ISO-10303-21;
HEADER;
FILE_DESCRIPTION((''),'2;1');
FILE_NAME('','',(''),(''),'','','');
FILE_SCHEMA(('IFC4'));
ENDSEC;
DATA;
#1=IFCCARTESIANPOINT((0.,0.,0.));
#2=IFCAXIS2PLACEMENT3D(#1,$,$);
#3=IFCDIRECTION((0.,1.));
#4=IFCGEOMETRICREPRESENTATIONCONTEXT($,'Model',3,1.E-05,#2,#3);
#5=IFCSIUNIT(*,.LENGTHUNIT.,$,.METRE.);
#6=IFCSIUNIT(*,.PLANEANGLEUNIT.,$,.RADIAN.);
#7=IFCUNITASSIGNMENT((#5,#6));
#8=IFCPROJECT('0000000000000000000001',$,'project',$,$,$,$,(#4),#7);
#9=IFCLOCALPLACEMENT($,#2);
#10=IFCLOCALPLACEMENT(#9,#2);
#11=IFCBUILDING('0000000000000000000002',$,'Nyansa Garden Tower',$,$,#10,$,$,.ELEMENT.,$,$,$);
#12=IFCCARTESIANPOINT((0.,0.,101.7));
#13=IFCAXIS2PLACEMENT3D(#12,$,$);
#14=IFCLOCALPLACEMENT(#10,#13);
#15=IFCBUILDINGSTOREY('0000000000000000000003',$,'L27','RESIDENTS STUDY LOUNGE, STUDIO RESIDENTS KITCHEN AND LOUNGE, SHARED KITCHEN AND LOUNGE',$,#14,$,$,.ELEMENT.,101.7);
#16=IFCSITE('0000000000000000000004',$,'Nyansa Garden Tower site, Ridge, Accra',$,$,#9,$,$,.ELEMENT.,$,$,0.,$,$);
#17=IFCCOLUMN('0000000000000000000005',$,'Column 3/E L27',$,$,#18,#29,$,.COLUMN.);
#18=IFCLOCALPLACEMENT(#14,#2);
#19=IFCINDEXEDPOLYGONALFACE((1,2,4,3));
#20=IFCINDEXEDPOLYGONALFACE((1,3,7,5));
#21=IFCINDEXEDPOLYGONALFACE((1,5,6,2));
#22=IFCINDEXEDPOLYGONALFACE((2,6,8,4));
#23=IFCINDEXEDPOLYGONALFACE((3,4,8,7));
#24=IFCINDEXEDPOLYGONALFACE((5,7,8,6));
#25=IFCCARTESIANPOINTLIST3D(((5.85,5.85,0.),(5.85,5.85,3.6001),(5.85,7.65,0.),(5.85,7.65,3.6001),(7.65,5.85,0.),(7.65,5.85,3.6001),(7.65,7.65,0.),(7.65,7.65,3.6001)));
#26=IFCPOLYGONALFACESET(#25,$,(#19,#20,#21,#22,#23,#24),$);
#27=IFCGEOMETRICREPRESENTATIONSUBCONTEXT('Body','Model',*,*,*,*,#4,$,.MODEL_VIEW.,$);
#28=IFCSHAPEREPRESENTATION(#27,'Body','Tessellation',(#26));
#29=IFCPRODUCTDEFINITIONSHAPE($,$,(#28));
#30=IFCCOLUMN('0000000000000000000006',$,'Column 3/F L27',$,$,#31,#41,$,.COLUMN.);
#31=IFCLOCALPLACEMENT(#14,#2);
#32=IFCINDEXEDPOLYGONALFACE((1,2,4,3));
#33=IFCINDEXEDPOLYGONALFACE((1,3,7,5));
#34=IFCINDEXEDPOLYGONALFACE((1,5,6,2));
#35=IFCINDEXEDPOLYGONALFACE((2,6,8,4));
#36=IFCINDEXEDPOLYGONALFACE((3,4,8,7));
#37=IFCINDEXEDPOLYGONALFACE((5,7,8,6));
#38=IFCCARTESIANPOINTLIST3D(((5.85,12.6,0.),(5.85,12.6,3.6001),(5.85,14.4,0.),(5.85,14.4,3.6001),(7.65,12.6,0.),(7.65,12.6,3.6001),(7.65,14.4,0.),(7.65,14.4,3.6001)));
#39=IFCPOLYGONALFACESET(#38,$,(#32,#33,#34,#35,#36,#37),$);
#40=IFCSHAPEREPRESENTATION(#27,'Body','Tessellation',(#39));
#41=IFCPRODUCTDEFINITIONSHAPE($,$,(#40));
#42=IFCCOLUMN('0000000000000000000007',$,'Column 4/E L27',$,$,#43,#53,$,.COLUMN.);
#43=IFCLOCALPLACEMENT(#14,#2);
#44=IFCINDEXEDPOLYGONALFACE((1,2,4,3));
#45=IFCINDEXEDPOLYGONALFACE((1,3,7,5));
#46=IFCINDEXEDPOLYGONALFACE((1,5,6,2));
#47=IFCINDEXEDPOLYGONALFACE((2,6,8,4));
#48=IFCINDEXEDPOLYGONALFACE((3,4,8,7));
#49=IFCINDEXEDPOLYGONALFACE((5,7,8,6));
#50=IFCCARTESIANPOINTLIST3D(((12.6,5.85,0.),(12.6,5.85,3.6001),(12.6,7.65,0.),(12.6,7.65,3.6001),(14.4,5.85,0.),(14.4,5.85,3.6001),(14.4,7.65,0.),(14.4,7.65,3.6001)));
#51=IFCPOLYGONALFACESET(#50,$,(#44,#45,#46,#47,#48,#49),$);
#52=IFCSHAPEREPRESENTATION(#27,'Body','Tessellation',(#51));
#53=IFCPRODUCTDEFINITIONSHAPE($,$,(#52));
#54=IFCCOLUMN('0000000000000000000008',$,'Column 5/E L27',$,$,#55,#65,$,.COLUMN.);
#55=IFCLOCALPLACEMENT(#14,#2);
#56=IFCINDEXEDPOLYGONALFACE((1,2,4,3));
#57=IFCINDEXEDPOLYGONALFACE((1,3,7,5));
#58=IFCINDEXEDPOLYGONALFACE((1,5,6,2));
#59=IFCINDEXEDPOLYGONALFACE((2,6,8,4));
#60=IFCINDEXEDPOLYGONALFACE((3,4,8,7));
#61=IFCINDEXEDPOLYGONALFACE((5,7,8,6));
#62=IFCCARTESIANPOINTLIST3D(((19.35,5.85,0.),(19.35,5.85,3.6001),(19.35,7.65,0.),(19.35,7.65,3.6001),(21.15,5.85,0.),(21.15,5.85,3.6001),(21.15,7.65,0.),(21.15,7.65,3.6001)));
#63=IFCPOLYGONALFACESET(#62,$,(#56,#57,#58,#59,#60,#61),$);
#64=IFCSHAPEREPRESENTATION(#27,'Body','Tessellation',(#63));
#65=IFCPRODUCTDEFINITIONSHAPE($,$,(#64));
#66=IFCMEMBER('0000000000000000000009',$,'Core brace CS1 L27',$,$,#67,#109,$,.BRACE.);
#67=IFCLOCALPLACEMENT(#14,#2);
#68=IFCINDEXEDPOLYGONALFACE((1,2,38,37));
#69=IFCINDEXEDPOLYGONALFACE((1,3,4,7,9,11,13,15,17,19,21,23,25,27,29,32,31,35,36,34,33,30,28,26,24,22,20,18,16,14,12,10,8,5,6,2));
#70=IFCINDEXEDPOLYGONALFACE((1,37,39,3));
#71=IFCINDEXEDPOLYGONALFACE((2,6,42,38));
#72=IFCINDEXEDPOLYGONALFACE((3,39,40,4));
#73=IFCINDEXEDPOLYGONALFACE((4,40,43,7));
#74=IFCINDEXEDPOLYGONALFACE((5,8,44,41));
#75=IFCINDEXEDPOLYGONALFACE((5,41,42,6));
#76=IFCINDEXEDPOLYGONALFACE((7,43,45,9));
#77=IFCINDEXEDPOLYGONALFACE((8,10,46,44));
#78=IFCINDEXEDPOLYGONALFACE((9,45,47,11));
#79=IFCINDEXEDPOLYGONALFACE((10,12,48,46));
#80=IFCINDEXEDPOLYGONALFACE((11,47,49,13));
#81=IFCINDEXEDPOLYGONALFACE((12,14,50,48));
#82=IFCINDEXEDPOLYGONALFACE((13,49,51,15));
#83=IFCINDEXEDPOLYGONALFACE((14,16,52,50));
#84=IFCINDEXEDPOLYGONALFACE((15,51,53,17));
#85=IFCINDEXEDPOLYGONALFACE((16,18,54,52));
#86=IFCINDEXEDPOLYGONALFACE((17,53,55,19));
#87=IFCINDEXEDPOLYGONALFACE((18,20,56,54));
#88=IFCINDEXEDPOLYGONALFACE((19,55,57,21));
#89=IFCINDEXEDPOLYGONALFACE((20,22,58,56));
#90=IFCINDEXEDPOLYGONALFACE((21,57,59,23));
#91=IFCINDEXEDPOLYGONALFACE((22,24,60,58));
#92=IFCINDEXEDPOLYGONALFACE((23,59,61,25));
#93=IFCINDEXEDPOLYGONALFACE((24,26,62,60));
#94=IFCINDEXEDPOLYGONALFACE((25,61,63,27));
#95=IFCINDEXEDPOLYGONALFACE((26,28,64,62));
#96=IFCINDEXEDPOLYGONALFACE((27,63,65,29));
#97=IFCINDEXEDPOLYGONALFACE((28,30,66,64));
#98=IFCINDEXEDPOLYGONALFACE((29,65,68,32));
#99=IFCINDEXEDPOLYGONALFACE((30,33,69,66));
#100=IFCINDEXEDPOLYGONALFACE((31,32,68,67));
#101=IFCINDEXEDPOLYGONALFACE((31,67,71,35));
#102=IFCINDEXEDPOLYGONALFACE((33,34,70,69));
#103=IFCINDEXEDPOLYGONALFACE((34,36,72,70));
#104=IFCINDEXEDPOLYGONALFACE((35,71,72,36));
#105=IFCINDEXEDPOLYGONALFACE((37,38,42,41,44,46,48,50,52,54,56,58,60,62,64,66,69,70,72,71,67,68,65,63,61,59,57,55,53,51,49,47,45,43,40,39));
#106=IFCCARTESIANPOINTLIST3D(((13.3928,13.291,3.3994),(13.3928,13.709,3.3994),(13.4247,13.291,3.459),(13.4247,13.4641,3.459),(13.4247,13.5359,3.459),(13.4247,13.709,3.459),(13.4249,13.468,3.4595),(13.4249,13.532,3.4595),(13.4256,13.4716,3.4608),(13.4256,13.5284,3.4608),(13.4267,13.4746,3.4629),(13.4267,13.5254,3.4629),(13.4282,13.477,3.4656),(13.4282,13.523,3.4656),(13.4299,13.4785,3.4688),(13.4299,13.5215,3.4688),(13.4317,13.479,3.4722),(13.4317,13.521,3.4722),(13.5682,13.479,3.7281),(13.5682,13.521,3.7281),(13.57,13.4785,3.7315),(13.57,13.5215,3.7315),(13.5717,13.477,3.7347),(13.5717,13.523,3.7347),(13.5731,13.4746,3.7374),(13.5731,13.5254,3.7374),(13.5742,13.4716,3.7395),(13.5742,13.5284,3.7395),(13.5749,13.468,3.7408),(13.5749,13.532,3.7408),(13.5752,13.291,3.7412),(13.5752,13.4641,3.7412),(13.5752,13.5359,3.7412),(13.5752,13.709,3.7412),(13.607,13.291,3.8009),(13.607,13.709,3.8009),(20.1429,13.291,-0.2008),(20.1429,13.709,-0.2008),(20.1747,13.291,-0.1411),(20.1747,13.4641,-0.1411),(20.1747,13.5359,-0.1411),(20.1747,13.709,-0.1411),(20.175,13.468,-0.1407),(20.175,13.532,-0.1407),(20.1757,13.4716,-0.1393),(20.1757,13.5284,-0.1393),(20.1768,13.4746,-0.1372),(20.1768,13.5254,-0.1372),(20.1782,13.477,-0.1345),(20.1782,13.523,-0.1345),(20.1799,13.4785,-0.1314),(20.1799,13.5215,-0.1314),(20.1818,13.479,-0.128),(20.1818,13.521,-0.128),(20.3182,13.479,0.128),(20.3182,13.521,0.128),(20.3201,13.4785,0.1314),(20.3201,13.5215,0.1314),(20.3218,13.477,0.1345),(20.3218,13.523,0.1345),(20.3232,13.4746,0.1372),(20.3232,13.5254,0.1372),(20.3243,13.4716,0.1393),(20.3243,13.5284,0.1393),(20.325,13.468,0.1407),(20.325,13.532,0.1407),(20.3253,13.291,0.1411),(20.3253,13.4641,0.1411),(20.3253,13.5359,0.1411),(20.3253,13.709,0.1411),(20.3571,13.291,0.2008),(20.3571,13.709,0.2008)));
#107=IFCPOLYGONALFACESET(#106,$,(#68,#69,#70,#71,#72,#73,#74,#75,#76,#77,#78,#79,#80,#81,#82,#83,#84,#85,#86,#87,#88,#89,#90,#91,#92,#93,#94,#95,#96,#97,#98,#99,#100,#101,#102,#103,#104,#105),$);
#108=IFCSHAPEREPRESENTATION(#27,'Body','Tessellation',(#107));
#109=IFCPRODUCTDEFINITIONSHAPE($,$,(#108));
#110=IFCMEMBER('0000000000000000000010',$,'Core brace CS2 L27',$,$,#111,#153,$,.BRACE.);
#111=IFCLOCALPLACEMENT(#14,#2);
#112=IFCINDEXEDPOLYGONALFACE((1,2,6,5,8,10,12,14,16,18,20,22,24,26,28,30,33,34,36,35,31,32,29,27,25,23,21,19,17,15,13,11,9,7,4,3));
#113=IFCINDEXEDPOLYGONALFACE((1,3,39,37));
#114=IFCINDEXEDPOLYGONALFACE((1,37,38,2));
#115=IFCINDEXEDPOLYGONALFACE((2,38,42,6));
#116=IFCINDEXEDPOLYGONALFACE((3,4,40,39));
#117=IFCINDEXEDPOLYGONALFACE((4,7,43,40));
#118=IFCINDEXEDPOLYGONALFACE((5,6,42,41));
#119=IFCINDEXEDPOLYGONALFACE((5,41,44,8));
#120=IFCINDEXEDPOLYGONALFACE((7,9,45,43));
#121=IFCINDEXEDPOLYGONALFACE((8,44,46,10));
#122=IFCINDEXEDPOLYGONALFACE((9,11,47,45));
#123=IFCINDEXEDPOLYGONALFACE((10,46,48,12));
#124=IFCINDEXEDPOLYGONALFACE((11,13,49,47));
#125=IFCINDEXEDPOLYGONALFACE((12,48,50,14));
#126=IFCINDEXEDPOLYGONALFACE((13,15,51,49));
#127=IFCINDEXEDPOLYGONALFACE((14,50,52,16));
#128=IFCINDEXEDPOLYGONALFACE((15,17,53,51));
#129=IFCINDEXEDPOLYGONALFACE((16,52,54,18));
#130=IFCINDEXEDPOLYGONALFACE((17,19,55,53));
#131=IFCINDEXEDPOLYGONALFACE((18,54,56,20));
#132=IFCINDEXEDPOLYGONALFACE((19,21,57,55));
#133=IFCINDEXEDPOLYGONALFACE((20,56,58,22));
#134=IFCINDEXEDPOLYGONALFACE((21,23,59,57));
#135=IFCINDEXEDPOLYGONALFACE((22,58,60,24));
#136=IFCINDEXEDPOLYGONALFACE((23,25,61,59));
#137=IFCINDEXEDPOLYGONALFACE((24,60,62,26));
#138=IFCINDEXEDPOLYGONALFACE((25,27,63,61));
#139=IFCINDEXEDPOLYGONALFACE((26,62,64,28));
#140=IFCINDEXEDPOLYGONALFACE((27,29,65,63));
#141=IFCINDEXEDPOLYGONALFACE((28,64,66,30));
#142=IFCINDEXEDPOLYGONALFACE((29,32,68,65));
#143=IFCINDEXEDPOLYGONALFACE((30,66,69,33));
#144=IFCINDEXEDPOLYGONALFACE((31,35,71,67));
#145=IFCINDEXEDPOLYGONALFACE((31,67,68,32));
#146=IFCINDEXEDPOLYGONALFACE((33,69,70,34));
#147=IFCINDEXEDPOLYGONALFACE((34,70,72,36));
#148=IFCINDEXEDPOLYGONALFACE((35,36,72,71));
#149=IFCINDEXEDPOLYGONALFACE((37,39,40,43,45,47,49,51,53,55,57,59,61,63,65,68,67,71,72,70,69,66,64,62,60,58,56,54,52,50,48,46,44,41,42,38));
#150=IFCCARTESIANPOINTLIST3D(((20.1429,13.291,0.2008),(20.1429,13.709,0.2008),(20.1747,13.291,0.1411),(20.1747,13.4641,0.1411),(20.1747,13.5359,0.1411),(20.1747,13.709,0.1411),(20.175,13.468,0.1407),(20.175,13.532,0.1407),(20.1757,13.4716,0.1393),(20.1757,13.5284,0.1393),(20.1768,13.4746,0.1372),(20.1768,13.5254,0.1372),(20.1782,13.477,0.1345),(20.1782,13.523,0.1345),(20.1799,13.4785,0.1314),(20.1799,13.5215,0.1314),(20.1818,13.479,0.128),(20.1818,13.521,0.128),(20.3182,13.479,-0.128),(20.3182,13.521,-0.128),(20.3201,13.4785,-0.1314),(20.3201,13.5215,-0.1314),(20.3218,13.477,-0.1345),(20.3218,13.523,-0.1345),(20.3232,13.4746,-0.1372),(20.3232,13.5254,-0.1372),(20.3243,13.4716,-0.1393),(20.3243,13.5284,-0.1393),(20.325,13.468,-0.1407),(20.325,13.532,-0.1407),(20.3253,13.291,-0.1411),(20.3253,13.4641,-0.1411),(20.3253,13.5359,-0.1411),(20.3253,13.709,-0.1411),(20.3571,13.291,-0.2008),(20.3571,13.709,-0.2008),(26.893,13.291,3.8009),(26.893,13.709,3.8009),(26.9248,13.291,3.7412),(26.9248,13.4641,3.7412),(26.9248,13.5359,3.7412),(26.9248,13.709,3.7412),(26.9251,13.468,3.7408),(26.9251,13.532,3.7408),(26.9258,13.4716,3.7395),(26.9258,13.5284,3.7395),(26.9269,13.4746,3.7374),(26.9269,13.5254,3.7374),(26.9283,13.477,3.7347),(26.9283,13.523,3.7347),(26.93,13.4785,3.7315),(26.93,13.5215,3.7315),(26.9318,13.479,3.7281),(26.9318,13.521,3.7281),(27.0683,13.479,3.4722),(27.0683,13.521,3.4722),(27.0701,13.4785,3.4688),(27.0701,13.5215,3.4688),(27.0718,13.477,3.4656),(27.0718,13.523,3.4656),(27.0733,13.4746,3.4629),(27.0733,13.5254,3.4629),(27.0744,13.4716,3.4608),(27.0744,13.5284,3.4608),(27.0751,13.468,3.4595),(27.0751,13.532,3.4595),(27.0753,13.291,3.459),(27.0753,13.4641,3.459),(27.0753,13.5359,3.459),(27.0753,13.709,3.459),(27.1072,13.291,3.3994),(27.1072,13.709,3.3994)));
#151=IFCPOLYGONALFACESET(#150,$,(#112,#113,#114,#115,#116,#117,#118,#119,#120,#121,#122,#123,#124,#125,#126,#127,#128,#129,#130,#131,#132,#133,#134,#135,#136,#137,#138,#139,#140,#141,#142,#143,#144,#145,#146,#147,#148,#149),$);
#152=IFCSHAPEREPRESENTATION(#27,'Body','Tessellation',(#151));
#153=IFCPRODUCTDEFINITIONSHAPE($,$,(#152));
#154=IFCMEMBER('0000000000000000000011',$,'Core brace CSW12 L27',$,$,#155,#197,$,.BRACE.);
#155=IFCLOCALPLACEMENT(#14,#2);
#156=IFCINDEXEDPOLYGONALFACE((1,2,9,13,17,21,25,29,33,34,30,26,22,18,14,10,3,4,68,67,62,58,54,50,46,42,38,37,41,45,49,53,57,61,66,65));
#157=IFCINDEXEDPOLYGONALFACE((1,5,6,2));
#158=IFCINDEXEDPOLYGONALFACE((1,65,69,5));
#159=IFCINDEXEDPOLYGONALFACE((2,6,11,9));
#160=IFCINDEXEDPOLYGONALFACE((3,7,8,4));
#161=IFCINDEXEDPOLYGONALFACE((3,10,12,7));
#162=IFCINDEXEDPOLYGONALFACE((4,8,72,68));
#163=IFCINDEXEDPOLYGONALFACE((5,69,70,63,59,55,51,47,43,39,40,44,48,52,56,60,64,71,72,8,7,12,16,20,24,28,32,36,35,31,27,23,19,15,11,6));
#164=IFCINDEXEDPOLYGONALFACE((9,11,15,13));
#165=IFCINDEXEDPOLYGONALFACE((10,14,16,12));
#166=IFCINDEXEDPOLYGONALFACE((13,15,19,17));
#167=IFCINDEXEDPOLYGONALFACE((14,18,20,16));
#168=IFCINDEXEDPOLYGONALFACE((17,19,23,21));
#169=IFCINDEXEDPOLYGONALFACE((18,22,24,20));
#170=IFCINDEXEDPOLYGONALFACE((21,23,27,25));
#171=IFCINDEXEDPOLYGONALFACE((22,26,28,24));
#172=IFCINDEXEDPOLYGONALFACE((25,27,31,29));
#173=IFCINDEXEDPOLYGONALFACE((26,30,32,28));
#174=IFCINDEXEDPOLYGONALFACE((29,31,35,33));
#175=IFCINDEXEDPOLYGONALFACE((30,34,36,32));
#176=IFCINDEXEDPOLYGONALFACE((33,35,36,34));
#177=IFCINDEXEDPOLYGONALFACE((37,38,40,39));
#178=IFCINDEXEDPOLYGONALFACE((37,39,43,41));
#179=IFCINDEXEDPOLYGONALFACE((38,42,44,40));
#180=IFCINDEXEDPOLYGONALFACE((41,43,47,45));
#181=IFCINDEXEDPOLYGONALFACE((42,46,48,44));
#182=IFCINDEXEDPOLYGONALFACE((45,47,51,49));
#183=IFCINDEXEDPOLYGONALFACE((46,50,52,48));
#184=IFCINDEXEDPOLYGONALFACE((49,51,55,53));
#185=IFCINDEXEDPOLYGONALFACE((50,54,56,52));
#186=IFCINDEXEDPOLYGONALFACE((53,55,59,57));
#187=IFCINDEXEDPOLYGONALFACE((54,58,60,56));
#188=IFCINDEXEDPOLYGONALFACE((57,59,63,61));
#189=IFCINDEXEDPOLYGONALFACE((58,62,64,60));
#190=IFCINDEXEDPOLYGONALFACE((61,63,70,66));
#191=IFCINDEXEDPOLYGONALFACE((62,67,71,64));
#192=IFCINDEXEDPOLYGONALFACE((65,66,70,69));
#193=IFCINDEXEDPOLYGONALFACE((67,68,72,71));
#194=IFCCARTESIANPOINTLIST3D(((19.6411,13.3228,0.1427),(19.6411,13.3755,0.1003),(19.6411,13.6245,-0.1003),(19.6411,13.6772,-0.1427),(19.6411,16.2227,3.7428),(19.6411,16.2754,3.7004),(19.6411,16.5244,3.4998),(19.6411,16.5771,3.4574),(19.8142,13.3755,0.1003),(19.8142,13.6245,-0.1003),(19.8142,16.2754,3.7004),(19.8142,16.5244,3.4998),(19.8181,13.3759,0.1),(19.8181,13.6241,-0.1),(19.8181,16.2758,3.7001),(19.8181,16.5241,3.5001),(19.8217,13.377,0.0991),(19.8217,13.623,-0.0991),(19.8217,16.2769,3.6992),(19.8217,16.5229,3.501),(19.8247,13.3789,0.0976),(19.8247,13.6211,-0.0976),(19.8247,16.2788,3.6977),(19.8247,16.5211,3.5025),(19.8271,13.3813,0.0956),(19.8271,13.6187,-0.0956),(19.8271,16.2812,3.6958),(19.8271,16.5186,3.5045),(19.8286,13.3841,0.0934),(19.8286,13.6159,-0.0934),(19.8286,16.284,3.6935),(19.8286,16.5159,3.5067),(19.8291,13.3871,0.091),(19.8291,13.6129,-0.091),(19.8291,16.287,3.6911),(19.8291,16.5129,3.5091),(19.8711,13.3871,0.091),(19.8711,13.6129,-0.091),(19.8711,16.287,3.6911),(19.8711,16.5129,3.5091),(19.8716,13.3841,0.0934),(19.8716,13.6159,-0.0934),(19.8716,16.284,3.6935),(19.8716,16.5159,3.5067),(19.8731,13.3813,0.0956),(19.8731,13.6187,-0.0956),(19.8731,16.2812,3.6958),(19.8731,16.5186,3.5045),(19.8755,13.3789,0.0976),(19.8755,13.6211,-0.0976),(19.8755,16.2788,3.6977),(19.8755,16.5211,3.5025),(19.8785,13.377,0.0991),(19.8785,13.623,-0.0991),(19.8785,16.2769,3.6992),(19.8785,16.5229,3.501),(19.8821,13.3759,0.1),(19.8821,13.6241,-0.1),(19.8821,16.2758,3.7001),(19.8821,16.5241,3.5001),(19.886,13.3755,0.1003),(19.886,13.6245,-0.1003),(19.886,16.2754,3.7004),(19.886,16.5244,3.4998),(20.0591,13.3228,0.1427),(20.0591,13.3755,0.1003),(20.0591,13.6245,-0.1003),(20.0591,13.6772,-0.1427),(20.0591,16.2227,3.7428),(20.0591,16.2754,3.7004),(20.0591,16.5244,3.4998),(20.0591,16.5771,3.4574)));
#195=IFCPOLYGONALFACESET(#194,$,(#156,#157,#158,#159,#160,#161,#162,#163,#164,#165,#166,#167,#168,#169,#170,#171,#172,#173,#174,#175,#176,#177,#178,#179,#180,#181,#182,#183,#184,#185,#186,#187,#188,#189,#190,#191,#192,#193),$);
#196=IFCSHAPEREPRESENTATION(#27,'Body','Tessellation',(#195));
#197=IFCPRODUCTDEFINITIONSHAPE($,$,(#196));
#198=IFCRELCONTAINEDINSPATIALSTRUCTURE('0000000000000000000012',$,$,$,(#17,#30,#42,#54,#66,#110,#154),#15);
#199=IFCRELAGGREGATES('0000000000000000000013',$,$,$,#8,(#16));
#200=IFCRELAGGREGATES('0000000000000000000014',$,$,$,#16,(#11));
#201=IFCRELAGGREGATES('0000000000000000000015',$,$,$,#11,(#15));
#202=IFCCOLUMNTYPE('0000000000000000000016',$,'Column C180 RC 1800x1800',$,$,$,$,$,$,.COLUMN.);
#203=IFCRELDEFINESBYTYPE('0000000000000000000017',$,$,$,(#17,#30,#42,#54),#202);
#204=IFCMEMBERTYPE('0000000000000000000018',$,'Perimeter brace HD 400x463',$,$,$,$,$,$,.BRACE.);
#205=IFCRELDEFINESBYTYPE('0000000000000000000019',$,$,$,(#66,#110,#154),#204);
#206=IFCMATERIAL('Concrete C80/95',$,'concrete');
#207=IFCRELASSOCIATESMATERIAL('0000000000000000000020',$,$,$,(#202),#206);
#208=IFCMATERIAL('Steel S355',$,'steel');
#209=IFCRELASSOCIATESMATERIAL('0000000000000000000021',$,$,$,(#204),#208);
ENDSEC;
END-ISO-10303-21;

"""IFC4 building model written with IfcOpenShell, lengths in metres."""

from ifc_helpers import new_model, si_unit, direction, frame, origin, origin_2d, place, context, subcontext, project, spatial, rectangle, i_section, extrude, material, material_profile, profile_set, type_object, element, save


model = new_model("IFC4")

# Units and contexts
model_context = context("Model", 3, precision=1e-05, world=origin(), true_north=direction((0.0, 1.0)))
body_context = subcontext(model_context, "Body", "Model", "MODEL_VIEW")
ifc_project = project(units=[si_unit("LENGTHUNIT", "METRE"), si_unit("PLANEANGLEUNIT", "RADIAN")], contexts=[model_context])

# Site, building, storey
site_placement = place(None, origin())
site = spatial("IfcSite", under=ifc_project, at=site_placement, Name="Nyansa Garden Tower site, Ridge, Accra", CompositionType="ELEMENT", RefElevation=0.0)
building_placement = place(site_placement, origin())
building = spatial("IfcBuilding", under=site, at=building_placement, Name="Nyansa Garden Tower", CompositionType="ELEMENT")
storey_placement = place(building_placement, frame((0.0, 0.0, 101.7)))
storey = spatial("IfcBuildingStorey", under=building, at=storey_placement, Name="L27", Description="RESIDENTS STUDY LOUNGE, STUDIO RESIDENTS KITCHEN AND LOUNGE, SHARED KITCHEN AND LOUNGE", CompositionType="ELEMENT", Elevation=101.7)

# Columns
ifc_material_1 = material(Name="Concrete C80/95", Category="concrete")
ifc_material_profile_1 = material_profile(ifc_material_1, rectangle(XDim=1.8, YDim=1.8, at=origin_2d()), Name="RC 1800x1800")
ifc_profile_set_1 = profile_set([ifc_material_profile_1], Name="Concrete C80/95")
column_type = type_object("IfcColumnType", Name="Column C180 RC 1800x1800", PredefinedType="COLUMN", material=ifc_profile_set_1)
for number, where, z_axis, x_axis, name in (
    (1, (6.75, 6.75, 0.0), (0.0, 0.0, 1.0), (1.0, 0.0, 0.0), "Column 3/E L27"),
    (2, (6.75, 13.5, 0.0), (0.0, 0.0, 1.0), (1.0, 0.0, 0.0), "Column 3/F L27"),
    (3, (13.5, 6.75, 0.0), (0.0, 0.0, 1.0), (1.0, 0.0, 0.0), "Column 4/E L27"),
    (4, (20.25, 6.75, 0.0), (0.0, 0.0, 1.0), (1.0, 0.0, 0.0), "Column 5/E L27"),
):
    element("IfcColumn", number, at=place(storey_placement, frame(where, z_axis=z_axis, x_axis=x_axis)), inside=storey, type_object=column_type, Name=name, PredefinedType="COLUMN", context=body_context, shape_type="SweptSolid", body=[
        extrude(rectangle(XDim=1.8, YDim=1.8, at=origin_2d()), origin(), (0.0, 0.0, 1.0), 3.6001),
    ])

# Members
ifc_material_2 = material(Name="Steel S355", Category="steel")
ifc_material_profile_2 = material_profile(ifc_material_2, i_section(OverallWidth=0.418, OverallDepth=0.4551, WebThickness=0.042, FlangeThickness=0.0676, FilletRadius=0.0149, at=origin_2d()), Name="HD 400x463")
ifc_profile_set_2 = profile_set([ifc_material_profile_2], Name="Steel S355")
member_type = type_object("IfcMemberType", Name="Perimeter brace HD 400x463", PredefinedType="BRACE", material=ifc_profile_set_2)
for number, where, z_axis, x_axis, name in (
    (5, (20.25, 13.5, 0.0), (-0.882348, 0.0, 0.470598), (0.0, -1.0, 0.0), "Core brace CS1 L27"),
    (6, (20.25, 13.5, 0.0), (0.882348, 0.0, 0.470598), (0.0, 1.0, 0.0), "Core brace CS2 L27"),
):
    element("IfcMember", number, at=place(storey_placement, frame(where, z_axis=z_axis, x_axis=x_axis)), inside=storey, type_object=member_type, Name=name, PredefinedType="BRACE", context=body_context, shape_type="SweptSolid", body=[
        extrude(i_section(OverallWidth=0.418, OverallDepth=0.4551, WebThickness=0.042, FlangeThickness=0.0676, FilletRadius=0.0149, at=origin_2d()), origin(), (0.0, 0.0, 1.0), 7.6501),
    ])
member_placement = place(storey_placement, frame((19.8501, 13.5, 0.0), z_axis=(0.0, 0.627306, 0.778773), x_axis=(-1.0, 0.0, 0.0)))
element("IfcMember", 7, at=member_placement, inside=storey, type_object=member_type, Name="Core brace CSW12 L27", PredefinedType="BRACE", context=body_context, shape_type="SweptSolid", body=[
    extrude(i_section(OverallWidth=0.418, OverallDepth=0.4551, WebThickness=0.042, FlangeThickness=0.0676, FilletRadius=0.0149, at=origin_2d()), origin(), (0.0, 0.0, 1.0), 4.6228),
])

save(model, "model.ifc")
